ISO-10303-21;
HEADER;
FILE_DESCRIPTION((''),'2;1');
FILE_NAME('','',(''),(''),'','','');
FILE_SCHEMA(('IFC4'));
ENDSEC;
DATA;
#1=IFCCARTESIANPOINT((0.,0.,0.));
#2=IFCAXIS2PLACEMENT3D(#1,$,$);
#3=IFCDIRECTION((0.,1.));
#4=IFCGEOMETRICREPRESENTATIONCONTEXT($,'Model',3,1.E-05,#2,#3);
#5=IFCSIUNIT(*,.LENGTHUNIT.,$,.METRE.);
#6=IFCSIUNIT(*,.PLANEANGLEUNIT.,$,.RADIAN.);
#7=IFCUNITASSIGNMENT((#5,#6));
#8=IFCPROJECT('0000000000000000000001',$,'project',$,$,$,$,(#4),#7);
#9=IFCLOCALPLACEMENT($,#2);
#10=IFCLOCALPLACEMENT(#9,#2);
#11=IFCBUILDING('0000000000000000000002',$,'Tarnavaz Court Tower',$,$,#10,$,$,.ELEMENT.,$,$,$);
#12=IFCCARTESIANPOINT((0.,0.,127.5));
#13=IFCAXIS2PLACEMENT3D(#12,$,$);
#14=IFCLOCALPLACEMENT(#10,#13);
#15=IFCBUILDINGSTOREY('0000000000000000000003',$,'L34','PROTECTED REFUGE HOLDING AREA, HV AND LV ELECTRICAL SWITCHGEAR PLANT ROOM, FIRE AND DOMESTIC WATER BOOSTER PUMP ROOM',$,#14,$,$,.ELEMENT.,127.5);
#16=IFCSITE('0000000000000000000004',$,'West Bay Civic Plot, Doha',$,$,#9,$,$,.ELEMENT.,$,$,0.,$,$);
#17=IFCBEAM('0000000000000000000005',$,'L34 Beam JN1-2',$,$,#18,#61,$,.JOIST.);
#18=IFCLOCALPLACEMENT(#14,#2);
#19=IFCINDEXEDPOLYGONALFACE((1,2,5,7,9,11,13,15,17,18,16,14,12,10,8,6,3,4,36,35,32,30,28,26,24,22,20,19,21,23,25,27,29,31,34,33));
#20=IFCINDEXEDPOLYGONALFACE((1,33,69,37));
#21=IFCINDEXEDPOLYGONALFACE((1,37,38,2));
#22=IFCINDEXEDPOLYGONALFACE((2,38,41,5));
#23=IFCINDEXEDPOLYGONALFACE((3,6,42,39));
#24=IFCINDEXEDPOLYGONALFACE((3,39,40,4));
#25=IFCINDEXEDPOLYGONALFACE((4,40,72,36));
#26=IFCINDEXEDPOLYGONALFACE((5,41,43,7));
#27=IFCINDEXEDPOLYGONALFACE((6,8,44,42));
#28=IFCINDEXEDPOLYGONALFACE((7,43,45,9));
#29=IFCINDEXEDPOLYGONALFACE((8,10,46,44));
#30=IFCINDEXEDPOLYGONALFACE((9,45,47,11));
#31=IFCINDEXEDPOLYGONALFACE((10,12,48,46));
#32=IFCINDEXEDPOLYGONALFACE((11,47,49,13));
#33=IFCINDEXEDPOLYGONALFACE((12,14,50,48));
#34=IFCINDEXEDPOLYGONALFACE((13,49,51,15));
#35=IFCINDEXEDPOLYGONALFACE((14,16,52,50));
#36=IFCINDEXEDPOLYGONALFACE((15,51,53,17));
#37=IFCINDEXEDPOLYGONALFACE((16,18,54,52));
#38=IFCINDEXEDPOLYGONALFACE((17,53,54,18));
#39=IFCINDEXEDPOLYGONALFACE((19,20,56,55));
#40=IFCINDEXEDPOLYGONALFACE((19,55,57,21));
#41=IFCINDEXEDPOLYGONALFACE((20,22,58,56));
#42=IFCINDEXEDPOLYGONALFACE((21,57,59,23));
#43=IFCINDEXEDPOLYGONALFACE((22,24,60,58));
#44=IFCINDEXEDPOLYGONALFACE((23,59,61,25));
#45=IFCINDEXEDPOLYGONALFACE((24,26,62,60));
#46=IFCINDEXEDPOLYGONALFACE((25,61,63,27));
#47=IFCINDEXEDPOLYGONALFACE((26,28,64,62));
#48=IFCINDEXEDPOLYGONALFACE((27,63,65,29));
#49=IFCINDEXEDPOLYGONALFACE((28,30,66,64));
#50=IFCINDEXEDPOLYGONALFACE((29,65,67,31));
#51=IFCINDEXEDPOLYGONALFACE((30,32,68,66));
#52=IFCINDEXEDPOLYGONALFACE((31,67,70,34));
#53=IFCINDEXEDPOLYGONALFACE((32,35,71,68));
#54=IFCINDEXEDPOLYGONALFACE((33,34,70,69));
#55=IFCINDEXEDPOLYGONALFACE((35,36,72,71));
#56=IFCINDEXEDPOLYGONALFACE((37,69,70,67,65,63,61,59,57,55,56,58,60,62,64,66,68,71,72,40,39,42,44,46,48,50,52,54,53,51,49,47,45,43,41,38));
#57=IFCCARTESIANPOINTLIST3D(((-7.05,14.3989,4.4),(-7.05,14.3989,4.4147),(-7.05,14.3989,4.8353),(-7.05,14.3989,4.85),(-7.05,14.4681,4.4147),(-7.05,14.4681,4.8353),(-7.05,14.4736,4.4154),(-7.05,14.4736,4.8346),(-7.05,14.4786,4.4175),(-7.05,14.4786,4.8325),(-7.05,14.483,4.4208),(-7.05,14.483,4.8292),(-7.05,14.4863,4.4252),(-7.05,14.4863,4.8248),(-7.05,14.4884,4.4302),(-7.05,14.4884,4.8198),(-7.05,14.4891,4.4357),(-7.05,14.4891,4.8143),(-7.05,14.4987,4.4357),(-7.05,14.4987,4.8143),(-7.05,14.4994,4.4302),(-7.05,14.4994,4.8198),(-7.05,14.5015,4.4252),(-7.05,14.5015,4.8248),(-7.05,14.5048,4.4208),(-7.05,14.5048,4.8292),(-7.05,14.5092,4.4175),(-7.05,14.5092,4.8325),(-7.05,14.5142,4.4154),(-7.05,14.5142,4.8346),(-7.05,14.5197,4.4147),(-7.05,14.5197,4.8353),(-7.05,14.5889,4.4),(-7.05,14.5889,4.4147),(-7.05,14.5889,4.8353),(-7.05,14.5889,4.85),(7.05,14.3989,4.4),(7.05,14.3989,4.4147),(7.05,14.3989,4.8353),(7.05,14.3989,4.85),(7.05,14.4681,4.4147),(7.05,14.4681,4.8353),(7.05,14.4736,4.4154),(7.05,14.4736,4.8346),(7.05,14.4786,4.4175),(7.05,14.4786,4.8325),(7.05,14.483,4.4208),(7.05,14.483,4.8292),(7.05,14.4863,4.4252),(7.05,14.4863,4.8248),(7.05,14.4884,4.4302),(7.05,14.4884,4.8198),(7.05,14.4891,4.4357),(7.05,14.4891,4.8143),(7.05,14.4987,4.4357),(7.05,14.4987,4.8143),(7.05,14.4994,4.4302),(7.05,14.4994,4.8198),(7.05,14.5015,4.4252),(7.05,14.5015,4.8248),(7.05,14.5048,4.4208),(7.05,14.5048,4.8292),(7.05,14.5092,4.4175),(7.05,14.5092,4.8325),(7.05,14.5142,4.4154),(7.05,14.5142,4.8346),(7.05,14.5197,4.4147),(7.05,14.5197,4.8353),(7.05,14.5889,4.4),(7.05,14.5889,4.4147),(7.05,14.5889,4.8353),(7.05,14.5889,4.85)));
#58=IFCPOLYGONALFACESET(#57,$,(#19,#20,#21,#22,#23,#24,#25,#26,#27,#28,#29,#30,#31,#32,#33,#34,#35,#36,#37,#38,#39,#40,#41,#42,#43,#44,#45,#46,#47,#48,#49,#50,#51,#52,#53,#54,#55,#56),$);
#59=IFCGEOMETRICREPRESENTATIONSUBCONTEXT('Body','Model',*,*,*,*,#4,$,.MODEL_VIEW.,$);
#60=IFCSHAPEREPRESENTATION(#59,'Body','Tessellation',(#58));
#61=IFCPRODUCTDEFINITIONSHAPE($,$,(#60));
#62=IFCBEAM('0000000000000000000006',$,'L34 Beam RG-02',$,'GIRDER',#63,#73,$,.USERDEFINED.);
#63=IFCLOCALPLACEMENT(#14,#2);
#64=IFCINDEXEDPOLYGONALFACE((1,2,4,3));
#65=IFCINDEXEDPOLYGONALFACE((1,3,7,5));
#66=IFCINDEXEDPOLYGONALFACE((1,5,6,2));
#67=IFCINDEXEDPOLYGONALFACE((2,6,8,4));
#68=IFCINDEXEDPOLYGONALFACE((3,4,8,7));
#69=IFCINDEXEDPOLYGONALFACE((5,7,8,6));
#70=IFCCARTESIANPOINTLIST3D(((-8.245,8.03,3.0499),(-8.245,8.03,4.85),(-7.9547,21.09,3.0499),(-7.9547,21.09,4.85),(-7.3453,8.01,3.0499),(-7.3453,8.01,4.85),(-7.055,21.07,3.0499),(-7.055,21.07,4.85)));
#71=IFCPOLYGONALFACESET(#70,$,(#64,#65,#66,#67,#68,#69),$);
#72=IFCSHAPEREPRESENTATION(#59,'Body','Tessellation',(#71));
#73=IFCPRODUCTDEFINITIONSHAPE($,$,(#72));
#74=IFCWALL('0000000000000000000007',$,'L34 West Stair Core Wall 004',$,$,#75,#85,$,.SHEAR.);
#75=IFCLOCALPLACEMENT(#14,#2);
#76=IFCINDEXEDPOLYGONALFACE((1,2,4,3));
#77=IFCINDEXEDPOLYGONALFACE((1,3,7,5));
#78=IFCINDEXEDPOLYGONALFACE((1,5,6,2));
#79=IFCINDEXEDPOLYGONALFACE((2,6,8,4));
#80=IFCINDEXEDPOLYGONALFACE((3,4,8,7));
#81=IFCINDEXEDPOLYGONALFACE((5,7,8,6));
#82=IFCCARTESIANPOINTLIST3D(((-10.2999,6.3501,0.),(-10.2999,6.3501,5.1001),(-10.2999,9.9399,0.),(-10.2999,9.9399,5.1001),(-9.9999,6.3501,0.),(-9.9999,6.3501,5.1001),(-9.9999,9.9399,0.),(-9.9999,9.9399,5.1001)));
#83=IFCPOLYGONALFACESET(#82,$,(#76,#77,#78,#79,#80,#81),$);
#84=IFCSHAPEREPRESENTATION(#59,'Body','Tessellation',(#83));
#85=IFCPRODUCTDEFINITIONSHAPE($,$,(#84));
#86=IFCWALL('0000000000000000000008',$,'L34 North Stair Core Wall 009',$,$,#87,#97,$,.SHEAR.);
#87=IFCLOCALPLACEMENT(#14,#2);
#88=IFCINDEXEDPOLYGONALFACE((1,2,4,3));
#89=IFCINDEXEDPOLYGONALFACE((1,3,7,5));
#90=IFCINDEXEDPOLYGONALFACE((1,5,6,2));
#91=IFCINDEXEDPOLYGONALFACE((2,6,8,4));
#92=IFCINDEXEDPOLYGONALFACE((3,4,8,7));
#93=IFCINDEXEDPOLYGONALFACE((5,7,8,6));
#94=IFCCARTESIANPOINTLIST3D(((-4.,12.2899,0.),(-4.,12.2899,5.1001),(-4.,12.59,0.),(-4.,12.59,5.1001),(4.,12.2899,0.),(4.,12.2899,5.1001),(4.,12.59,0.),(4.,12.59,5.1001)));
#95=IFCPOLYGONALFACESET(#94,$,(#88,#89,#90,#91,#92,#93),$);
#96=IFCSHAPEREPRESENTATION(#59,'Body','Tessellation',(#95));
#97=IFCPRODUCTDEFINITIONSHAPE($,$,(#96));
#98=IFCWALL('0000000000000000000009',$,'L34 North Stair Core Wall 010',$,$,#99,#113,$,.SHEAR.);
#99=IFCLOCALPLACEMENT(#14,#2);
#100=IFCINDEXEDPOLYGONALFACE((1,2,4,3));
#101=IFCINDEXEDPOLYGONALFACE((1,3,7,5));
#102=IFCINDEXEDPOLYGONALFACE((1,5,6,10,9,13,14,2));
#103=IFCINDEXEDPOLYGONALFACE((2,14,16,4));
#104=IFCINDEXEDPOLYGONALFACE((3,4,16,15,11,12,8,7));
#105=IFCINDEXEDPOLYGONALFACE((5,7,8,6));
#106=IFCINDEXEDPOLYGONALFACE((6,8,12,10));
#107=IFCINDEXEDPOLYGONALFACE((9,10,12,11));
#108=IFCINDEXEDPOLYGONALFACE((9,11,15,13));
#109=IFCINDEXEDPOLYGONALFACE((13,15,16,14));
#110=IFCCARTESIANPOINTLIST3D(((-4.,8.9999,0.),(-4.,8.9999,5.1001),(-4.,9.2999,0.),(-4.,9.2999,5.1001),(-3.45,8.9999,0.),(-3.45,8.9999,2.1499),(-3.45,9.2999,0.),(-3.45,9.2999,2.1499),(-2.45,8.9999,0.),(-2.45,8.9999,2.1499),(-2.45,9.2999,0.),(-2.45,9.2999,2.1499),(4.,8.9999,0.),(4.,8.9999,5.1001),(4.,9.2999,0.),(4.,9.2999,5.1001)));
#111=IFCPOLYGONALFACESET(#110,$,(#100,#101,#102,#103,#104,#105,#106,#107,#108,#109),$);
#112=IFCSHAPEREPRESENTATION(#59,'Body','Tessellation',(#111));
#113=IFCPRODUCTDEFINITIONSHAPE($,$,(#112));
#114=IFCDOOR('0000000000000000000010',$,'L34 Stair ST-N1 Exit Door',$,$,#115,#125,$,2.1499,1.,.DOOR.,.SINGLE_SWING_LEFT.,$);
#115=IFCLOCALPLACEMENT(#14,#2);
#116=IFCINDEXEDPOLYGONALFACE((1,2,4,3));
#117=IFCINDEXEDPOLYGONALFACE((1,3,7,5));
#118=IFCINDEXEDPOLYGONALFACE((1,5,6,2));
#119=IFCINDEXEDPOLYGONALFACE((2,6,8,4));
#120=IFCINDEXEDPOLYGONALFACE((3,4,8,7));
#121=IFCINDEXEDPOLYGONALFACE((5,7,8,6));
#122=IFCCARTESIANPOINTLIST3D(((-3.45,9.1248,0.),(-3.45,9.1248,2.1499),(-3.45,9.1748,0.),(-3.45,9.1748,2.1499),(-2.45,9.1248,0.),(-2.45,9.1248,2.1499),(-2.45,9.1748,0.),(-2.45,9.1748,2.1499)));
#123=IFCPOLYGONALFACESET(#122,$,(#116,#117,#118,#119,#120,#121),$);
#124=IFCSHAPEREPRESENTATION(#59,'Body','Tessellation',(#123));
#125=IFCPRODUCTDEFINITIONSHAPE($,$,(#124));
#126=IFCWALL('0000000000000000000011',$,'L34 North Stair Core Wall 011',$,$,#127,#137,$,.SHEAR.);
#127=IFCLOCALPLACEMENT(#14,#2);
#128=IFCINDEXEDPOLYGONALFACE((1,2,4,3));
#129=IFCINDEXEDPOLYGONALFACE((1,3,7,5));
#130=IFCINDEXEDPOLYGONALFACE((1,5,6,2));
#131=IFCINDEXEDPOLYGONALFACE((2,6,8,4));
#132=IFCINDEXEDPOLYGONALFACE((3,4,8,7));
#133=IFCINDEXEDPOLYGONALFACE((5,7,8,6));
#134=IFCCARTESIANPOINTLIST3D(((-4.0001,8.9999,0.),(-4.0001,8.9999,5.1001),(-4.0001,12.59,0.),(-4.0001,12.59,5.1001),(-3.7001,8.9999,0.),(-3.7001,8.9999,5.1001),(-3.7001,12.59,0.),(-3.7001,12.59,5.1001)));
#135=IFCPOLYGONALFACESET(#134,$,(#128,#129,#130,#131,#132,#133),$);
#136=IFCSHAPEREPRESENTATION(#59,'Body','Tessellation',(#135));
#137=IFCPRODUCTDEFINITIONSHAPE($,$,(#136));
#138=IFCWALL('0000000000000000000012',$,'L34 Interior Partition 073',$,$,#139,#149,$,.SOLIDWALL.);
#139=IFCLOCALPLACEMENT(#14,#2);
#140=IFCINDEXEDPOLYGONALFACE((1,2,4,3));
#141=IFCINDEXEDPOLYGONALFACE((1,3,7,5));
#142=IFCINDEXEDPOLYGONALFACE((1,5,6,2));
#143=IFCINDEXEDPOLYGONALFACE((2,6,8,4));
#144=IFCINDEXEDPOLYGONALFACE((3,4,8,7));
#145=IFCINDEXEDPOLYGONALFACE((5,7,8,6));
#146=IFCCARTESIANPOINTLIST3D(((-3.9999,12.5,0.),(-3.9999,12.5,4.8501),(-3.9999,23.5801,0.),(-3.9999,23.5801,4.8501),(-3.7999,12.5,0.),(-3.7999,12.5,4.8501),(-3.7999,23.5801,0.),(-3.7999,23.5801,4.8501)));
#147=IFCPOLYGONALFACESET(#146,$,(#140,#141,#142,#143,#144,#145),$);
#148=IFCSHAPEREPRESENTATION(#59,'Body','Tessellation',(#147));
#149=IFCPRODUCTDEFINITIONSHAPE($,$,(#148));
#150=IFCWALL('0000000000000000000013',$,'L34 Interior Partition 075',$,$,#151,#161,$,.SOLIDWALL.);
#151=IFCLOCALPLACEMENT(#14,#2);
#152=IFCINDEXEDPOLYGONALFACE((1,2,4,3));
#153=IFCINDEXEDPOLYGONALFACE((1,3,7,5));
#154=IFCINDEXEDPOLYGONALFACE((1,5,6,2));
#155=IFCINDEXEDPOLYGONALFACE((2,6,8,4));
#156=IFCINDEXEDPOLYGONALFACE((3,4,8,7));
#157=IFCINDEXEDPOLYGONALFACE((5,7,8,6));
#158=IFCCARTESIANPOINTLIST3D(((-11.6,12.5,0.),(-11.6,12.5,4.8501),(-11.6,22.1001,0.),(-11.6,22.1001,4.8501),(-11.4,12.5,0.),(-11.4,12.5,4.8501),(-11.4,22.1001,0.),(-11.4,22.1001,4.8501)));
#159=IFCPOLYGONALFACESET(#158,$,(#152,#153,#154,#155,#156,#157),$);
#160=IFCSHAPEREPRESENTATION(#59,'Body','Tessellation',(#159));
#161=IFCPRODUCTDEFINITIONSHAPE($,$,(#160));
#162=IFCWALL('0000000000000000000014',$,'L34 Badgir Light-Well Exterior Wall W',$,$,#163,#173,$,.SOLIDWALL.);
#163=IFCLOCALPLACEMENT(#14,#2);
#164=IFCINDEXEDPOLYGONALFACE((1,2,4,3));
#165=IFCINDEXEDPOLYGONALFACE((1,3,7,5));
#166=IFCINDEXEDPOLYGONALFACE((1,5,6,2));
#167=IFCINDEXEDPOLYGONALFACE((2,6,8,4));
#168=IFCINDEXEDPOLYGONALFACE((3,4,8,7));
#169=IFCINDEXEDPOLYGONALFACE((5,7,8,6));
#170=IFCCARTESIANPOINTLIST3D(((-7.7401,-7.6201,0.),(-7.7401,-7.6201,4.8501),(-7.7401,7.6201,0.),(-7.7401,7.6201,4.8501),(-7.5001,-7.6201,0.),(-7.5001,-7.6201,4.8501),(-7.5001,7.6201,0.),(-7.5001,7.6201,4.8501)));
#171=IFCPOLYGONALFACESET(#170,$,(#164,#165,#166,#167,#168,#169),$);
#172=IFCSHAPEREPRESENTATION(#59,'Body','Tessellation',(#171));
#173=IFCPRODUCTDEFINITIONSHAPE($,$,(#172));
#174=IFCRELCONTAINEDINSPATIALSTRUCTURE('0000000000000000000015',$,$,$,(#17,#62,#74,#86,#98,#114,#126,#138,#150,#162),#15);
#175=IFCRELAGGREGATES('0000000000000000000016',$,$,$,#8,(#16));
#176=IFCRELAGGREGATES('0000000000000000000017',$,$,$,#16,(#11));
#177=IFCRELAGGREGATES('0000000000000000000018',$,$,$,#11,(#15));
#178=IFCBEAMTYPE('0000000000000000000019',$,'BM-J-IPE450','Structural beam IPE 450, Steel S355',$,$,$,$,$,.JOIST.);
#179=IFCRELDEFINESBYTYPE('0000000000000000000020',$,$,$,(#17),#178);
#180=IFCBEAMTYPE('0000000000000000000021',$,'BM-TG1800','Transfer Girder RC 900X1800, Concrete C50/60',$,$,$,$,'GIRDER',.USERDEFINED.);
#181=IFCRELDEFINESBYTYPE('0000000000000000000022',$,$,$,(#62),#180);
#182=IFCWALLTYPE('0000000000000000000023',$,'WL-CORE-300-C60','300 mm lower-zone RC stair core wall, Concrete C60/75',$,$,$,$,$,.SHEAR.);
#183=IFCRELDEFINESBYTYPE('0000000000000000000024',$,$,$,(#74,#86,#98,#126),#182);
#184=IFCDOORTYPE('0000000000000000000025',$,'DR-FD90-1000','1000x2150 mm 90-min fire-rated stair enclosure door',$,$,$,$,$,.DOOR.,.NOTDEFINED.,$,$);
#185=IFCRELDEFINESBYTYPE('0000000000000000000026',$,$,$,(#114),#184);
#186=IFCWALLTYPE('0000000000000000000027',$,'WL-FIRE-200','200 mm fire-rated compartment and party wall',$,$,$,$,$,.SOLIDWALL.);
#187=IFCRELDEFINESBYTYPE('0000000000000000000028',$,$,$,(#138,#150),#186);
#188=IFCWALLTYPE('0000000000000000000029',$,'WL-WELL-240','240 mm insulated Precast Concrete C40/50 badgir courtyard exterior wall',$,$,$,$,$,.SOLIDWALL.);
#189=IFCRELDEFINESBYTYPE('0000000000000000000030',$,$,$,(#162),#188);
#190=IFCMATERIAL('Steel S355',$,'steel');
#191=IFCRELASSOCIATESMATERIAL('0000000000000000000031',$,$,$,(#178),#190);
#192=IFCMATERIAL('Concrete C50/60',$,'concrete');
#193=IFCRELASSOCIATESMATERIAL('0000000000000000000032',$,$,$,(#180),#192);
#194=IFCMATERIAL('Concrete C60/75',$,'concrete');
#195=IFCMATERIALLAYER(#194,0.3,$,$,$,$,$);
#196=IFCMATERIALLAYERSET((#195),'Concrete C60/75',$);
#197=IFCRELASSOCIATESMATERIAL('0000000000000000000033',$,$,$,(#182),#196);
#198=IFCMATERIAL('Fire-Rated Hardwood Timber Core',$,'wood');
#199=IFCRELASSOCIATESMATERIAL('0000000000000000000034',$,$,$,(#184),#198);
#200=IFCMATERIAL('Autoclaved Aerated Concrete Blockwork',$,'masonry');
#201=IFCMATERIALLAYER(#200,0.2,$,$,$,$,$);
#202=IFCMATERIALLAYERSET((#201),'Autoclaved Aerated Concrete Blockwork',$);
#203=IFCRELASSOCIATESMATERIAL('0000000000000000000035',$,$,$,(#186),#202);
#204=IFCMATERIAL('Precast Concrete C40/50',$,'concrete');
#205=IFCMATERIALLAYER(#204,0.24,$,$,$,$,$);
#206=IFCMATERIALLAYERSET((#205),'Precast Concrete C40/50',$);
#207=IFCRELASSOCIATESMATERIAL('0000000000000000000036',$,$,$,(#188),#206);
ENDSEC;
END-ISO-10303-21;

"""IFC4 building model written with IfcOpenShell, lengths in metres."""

from ifc_helpers import new_model, si_unit, direction, frame, frame_2d, origin, origin_2d, place, context, subcontext, project, spatial, rectangle, i_section, extrude, material, layer, layer_set, material_profile, profile_set, type_object, element, fill, save


model = new_model("IFC4")

# Units and contexts
model_context = context("Model", 3, precision=1e-05, world=origin(), true_north=direction((0.0, 1.0)))
body_context = subcontext(model_context, "Body", "Model", "MODEL_VIEW")
ifc_project = project(units=[si_unit("LENGTHUNIT", "METRE"), si_unit("PLANEANGLEUNIT", "RADIAN")], contexts=[model_context])

# Site, building, storey
site_placement = place(None, origin())
site = spatial("IfcSite", under=ifc_project, at=site_placement, Name="West Bay Civic Plot, Doha", CompositionType="ELEMENT", RefElevation=0.0)
building_placement = place(site_placement, origin())
building = spatial("IfcBuilding", under=site, at=building_placement, Name="Tarnavaz Court Tower", CompositionType="ELEMENT")
storey_placement = place(building_placement, frame((0.0, 0.0, 127.5)))
storey = spatial("IfcBuildingStorey", under=building, at=storey_placement, Name="L34", Description="PROTECTED REFUGE HOLDING AREA, HV AND LV ELECTRICAL SWITCHGEAR PLANT ROOM, FIRE AND DOMESTIC WATER BOOSTER PUMP ROOM", CompositionType="ELEMENT", Elevation=127.5)

# Shared definitions
ifc_material_1 = material(Name="Concrete C60/75", Category="concrete")

# Beams
ifc_material_2 = material(Name="Steel S355", Category="steel")
ifc_material_profile_1 = material_profile(ifc_material_2, i_section(OverallWidth=0.1899, OverallDepth=0.45, WebThickness=0.0095, FlangeThickness=0.0146, FilletRadius=0.021, at=origin_2d()), Name="IPE 450")
ifc_profile_set_1 = profile_set([ifc_material_profile_1], Name="Steel S355")
beam_type_1 = type_object("IfcBeamType", Name="BM-J-IPE450", Description="Structural beam IPE 450, Steel S355", PredefinedType="JOIST", material=ifc_profile_set_1)
beam_1_placement = place(storey_placement, frame((-7.05, 14.4939, 4.625), z_axis=(1.0, 0.0, 0.0), x_axis=(0.0, 1.0, 0.0)))
element("IfcBeam", 1, at=beam_1_placement, inside=storey, type_object=beam_type_1, Name="L34 Beam JN1-2", PredefinedType="JOIST", context=body_context, shape_type="SweptSolid", body=[
    extrude(i_section(OverallWidth=0.1899, OverallDepth=0.45, WebThickness=0.0095, FlangeThickness=0.0146, FilletRadius=0.021, at=origin_2d()), origin(), (0.0, 0.0, 1.0), 14.1001),
])
ifc_material_3 = material(Name="Concrete C50/60", Category="concrete")
ifc_material_profile_2 = material_profile(ifc_material_3, rectangle(XDim=0.8999, YDim=1.8, at=origin_2d()), Name="RC 900X1800")
ifc_profile_set_2 = profile_set([ifc_material_profile_2], Name="Concrete C50/60")
beam_type_2 = type_object("IfcBeamType", Name="BM-TG1800", Description="Transfer Girder RC 900X1800, Concrete C50/60", ElementType="GIRDER", PredefinedType="USERDEFINED", material=ifc_profile_set_2)
beam_2_placement = place(storey_placement, frame((-7.7952, 8.02, 3.95), z_axis=(0.022221, 0.999753, 0.0), x_axis=(-0.999753, 0.022221, 0.0)))
element("IfcBeam", 2, at=beam_2_placement, inside=storey, type_object=beam_type_2, Name="L34 Beam RG-02", ObjectType="GIRDER", PredefinedType="USERDEFINED", context=body_context, shape_type="SweptSolid", body=[
    extrude(rectangle(XDim=0.8999, YDim=1.8, at=origin_2d()), origin(), (0.0, 0.0, 1.0), 13.0632),
])

# Walls
ifc_layer_1 = layer(ifc_material_1, 0.3)
ifc_layer_set_1 = layer_set([ifc_layer_1], Name="Concrete C60/75")
wall_type_1 = type_object("IfcWallType", Name="WL-CORE-300-C60", Description="300 mm lower-zone RC stair core wall, Concrete C60/75", PredefinedType="SHEAR", material=ifc_layer_set_1)
wall_1_placement = place(storey_placement, frame((-10.1499, 6.3501, 0.0), z_axis=(0.0, 0.0, 1.0), x_axis=(0.0, 1.0, 0.0)))
element("IfcWall", 3, at=wall_1_placement, inside=storey, type_object=wall_type_1, Name="L34 West Stair Core Wall 004", PredefinedType="SHEAR", context=body_context, shape_type="SweptSolid", body=[
    extrude(rectangle(XDim=3.5898, YDim=0.3, at=frame_2d((1.7949, 0.0))), origin(), (0.0, 0.0, 1.0), 5.1001),
])
wall_2_placement = place(storey_placement, frame((-4.0, 12.4399, 0.0), z_axis=(0.0, 0.0, 1.0), x_axis=(1.0, 0.0, 0.0)))
element("IfcWall", 4, at=wall_2_placement, inside=storey, type_object=wall_type_1, Name="L34 North Stair Core Wall 009", PredefinedType="SHEAR", context=body_context, shape_type="SweptSolid", body=[
    extrude(rectangle(XDim=8.0, YDim=0.3, at=frame_2d((4.0, 0.0))), origin(), (0.0, 0.0, 1.0), 5.1001),
])

# Wall, opening, door
wall_3_placement = place(storey_placement, frame((-4.0, 9.1499, 0.0), z_axis=(0.0, 0.0, 1.0), x_axis=(1.0, 0.0, 0.0)))
wall_3 = element("IfcWall", 5, at=wall_3_placement, inside=storey, type_object=wall_type_1, Name="L34 North Stair Core Wall 010", PredefinedType="SHEAR", context=body_context, shape_type="SweptSolid", body=[
    extrude(rectangle(XDim=8.0, YDim=0.3, at=frame_2d((4.0, 0.0))), origin(), (0.0, 0.0, 1.0), 5.1001),
])
opening_1_placement = place(wall_3_placement, frame((0.55, 0.0, 0.0)))
opening_1 = element("IfcOpeningElement", 6, at=opening_1_placement, cuts=wall_3, PredefinedType="OPENING", context=body_context, shape_type="SweptSolid", body=[
    extrude(rectangle(XDim=1.0, YDim=2.1499, at=frame_2d((0.5, 1.075))), frame((0.0, 0.1599, 0.0), z_axis=(0.0, -1.0, 0.0), x_axis=(1.0, 0.0, 0.0)), (0.0, 0.0, 1.0), 0.3201),
])
ifc_material_4 = material(Name="Fire-Rated Hardwood Timber Core", Category="wood")
door_type_1 = type_object("IfcDoorType", Name="DR-FD90-1000", Description="1000x2150 mm 90-min fire-rated stair enclosure door", OperationType="NOTDEFINED", PredefinedType="DOOR", material=ifc_material_4)
door_1_placement = place(opening_1_placement, origin())
door_1 = element("IfcDoor", 7, at=door_1_placement, inside=storey, type_object=door_type_1, Name="L34 Stair ST-N1 Exit Door", OperationType="SINGLE_SWING_LEFT", OverallHeight=2.1499, OverallWidth=1.0, PredefinedType="DOOR", context=body_context, shape_type="SweptSolid", body=[
    extrude(rectangle(XDim=1.0, YDim=2.1499, at=frame_2d((0.5, 1.075))), frame((0.0, 0.0249, 0.0), z_axis=(0.0, -1.0, 0.0), x_axis=(1.0, 0.0, 0.0)), (0.0, 0.0, 1.0), 0.05),
])
fill(opening_1, door_1)

# Wall
wall_4_placement = place(storey_placement, frame((-3.8501, 9.0, 0.0), z_axis=(0.0, 0.0, 1.0), x_axis=(0.0, 1.0, 0.0)))
element("IfcWall", 8, at=wall_4_placement, inside=storey, type_object=wall_type_1, Name="L34 North Stair Core Wall 011", PredefinedType="SHEAR", context=body_context, shape_type="SweptSolid", body=[
    extrude(rectangle(XDim=3.5901, YDim=0.3, at=frame_2d((1.7949, 0.0))), origin(), (0.0, 0.0, 1.0), 5.1001),
])

# Shared definitions
ifc_material_5 = material(Name="Autoclaved Aerated Concrete Blockwork", Category="masonry")
ifc_layer_2 = layer(ifc_material_5, 0.2)
ifc_layer_set_2 = layer_set([ifc_layer_2], Name="Autoclaved Aerated Concrete Blockwork")
wall_type_2 = type_object("IfcWallType", Name="WL-FIRE-200", Description="200 mm fire-rated compartment and party wall", PredefinedType="SOLIDWALL", material=ifc_layer_set_2)

# Walls
wall_5_placement = place(storey_placement, frame((-3.8999, 12.5, 0.0), z_axis=(0.0, 0.0, 1.0), x_axis=(0.0, 1.0, 0.0)))
element("IfcWall", 9, at=wall_5_placement, inside=storey, type_object=wall_type_2, Name="L34 Interior Partition 073", PredefinedType="SOLIDWALL", context=body_context, shape_type="SweptSolid", body=[
    extrude(rectangle(XDim=11.0801, YDim=0.2, at=frame_2d((5.54, 0.0))), origin(), (0.0, 0.0, 1.0), 4.8501),
])
wall_6_placement = place(storey_placement, frame((-11.5, 12.5, 0.0), z_axis=(0.0, 0.0, 1.0), x_axis=(0.0, 1.0, 0.0)))
element("IfcWall", 10, at=wall_6_placement, inside=storey, type_object=wall_type_2, Name="L34 Interior Partition 075", PredefinedType="SOLIDWALL", context=body_context, shape_type="SweptSolid", body=[
    extrude(rectangle(XDim=9.6001, YDim=0.2, at=frame_2d((4.8, 0.0))), origin(), (0.0, 0.0, 1.0), 4.8501),
])
ifc_material_6 = material(Name="Precast Concrete C40/50", Category="concrete")
ifc_layer_3 = layer(ifc_material_6, 0.24)
ifc_layer_set_3 = layer_set([ifc_layer_3], Name="Precast Concrete C40/50")
wall_type_3 = type_object("IfcWallType", Name="WL-WELL-240", Description="240 mm insulated Precast Concrete C40/50 badgir courtyard exterior wall", PredefinedType="SOLIDWALL", material=ifc_layer_set_3)
wall_7_placement = place(storey_placement, frame((-7.6201, 7.6201, 0.0), z_axis=(0.0, 0.0, 1.0), x_axis=(0.0, -1.0, 0.0)))
element("IfcWall", 11, at=wall_7_placement, inside=storey, type_object=wall_type_3, Name="L34 Badgir Light-Well Exterior Wall W", PredefinedType="SOLIDWALL", context=body_context, shape_type="SweptSolid", body=[
    extrude(rectangle(XDim=15.2402, YDim=0.24, at=frame_2d((7.6201, 0.0))), origin(), (0.0, 0.0, 1.0), 4.8501),
])

save(model, "model.ifc")
